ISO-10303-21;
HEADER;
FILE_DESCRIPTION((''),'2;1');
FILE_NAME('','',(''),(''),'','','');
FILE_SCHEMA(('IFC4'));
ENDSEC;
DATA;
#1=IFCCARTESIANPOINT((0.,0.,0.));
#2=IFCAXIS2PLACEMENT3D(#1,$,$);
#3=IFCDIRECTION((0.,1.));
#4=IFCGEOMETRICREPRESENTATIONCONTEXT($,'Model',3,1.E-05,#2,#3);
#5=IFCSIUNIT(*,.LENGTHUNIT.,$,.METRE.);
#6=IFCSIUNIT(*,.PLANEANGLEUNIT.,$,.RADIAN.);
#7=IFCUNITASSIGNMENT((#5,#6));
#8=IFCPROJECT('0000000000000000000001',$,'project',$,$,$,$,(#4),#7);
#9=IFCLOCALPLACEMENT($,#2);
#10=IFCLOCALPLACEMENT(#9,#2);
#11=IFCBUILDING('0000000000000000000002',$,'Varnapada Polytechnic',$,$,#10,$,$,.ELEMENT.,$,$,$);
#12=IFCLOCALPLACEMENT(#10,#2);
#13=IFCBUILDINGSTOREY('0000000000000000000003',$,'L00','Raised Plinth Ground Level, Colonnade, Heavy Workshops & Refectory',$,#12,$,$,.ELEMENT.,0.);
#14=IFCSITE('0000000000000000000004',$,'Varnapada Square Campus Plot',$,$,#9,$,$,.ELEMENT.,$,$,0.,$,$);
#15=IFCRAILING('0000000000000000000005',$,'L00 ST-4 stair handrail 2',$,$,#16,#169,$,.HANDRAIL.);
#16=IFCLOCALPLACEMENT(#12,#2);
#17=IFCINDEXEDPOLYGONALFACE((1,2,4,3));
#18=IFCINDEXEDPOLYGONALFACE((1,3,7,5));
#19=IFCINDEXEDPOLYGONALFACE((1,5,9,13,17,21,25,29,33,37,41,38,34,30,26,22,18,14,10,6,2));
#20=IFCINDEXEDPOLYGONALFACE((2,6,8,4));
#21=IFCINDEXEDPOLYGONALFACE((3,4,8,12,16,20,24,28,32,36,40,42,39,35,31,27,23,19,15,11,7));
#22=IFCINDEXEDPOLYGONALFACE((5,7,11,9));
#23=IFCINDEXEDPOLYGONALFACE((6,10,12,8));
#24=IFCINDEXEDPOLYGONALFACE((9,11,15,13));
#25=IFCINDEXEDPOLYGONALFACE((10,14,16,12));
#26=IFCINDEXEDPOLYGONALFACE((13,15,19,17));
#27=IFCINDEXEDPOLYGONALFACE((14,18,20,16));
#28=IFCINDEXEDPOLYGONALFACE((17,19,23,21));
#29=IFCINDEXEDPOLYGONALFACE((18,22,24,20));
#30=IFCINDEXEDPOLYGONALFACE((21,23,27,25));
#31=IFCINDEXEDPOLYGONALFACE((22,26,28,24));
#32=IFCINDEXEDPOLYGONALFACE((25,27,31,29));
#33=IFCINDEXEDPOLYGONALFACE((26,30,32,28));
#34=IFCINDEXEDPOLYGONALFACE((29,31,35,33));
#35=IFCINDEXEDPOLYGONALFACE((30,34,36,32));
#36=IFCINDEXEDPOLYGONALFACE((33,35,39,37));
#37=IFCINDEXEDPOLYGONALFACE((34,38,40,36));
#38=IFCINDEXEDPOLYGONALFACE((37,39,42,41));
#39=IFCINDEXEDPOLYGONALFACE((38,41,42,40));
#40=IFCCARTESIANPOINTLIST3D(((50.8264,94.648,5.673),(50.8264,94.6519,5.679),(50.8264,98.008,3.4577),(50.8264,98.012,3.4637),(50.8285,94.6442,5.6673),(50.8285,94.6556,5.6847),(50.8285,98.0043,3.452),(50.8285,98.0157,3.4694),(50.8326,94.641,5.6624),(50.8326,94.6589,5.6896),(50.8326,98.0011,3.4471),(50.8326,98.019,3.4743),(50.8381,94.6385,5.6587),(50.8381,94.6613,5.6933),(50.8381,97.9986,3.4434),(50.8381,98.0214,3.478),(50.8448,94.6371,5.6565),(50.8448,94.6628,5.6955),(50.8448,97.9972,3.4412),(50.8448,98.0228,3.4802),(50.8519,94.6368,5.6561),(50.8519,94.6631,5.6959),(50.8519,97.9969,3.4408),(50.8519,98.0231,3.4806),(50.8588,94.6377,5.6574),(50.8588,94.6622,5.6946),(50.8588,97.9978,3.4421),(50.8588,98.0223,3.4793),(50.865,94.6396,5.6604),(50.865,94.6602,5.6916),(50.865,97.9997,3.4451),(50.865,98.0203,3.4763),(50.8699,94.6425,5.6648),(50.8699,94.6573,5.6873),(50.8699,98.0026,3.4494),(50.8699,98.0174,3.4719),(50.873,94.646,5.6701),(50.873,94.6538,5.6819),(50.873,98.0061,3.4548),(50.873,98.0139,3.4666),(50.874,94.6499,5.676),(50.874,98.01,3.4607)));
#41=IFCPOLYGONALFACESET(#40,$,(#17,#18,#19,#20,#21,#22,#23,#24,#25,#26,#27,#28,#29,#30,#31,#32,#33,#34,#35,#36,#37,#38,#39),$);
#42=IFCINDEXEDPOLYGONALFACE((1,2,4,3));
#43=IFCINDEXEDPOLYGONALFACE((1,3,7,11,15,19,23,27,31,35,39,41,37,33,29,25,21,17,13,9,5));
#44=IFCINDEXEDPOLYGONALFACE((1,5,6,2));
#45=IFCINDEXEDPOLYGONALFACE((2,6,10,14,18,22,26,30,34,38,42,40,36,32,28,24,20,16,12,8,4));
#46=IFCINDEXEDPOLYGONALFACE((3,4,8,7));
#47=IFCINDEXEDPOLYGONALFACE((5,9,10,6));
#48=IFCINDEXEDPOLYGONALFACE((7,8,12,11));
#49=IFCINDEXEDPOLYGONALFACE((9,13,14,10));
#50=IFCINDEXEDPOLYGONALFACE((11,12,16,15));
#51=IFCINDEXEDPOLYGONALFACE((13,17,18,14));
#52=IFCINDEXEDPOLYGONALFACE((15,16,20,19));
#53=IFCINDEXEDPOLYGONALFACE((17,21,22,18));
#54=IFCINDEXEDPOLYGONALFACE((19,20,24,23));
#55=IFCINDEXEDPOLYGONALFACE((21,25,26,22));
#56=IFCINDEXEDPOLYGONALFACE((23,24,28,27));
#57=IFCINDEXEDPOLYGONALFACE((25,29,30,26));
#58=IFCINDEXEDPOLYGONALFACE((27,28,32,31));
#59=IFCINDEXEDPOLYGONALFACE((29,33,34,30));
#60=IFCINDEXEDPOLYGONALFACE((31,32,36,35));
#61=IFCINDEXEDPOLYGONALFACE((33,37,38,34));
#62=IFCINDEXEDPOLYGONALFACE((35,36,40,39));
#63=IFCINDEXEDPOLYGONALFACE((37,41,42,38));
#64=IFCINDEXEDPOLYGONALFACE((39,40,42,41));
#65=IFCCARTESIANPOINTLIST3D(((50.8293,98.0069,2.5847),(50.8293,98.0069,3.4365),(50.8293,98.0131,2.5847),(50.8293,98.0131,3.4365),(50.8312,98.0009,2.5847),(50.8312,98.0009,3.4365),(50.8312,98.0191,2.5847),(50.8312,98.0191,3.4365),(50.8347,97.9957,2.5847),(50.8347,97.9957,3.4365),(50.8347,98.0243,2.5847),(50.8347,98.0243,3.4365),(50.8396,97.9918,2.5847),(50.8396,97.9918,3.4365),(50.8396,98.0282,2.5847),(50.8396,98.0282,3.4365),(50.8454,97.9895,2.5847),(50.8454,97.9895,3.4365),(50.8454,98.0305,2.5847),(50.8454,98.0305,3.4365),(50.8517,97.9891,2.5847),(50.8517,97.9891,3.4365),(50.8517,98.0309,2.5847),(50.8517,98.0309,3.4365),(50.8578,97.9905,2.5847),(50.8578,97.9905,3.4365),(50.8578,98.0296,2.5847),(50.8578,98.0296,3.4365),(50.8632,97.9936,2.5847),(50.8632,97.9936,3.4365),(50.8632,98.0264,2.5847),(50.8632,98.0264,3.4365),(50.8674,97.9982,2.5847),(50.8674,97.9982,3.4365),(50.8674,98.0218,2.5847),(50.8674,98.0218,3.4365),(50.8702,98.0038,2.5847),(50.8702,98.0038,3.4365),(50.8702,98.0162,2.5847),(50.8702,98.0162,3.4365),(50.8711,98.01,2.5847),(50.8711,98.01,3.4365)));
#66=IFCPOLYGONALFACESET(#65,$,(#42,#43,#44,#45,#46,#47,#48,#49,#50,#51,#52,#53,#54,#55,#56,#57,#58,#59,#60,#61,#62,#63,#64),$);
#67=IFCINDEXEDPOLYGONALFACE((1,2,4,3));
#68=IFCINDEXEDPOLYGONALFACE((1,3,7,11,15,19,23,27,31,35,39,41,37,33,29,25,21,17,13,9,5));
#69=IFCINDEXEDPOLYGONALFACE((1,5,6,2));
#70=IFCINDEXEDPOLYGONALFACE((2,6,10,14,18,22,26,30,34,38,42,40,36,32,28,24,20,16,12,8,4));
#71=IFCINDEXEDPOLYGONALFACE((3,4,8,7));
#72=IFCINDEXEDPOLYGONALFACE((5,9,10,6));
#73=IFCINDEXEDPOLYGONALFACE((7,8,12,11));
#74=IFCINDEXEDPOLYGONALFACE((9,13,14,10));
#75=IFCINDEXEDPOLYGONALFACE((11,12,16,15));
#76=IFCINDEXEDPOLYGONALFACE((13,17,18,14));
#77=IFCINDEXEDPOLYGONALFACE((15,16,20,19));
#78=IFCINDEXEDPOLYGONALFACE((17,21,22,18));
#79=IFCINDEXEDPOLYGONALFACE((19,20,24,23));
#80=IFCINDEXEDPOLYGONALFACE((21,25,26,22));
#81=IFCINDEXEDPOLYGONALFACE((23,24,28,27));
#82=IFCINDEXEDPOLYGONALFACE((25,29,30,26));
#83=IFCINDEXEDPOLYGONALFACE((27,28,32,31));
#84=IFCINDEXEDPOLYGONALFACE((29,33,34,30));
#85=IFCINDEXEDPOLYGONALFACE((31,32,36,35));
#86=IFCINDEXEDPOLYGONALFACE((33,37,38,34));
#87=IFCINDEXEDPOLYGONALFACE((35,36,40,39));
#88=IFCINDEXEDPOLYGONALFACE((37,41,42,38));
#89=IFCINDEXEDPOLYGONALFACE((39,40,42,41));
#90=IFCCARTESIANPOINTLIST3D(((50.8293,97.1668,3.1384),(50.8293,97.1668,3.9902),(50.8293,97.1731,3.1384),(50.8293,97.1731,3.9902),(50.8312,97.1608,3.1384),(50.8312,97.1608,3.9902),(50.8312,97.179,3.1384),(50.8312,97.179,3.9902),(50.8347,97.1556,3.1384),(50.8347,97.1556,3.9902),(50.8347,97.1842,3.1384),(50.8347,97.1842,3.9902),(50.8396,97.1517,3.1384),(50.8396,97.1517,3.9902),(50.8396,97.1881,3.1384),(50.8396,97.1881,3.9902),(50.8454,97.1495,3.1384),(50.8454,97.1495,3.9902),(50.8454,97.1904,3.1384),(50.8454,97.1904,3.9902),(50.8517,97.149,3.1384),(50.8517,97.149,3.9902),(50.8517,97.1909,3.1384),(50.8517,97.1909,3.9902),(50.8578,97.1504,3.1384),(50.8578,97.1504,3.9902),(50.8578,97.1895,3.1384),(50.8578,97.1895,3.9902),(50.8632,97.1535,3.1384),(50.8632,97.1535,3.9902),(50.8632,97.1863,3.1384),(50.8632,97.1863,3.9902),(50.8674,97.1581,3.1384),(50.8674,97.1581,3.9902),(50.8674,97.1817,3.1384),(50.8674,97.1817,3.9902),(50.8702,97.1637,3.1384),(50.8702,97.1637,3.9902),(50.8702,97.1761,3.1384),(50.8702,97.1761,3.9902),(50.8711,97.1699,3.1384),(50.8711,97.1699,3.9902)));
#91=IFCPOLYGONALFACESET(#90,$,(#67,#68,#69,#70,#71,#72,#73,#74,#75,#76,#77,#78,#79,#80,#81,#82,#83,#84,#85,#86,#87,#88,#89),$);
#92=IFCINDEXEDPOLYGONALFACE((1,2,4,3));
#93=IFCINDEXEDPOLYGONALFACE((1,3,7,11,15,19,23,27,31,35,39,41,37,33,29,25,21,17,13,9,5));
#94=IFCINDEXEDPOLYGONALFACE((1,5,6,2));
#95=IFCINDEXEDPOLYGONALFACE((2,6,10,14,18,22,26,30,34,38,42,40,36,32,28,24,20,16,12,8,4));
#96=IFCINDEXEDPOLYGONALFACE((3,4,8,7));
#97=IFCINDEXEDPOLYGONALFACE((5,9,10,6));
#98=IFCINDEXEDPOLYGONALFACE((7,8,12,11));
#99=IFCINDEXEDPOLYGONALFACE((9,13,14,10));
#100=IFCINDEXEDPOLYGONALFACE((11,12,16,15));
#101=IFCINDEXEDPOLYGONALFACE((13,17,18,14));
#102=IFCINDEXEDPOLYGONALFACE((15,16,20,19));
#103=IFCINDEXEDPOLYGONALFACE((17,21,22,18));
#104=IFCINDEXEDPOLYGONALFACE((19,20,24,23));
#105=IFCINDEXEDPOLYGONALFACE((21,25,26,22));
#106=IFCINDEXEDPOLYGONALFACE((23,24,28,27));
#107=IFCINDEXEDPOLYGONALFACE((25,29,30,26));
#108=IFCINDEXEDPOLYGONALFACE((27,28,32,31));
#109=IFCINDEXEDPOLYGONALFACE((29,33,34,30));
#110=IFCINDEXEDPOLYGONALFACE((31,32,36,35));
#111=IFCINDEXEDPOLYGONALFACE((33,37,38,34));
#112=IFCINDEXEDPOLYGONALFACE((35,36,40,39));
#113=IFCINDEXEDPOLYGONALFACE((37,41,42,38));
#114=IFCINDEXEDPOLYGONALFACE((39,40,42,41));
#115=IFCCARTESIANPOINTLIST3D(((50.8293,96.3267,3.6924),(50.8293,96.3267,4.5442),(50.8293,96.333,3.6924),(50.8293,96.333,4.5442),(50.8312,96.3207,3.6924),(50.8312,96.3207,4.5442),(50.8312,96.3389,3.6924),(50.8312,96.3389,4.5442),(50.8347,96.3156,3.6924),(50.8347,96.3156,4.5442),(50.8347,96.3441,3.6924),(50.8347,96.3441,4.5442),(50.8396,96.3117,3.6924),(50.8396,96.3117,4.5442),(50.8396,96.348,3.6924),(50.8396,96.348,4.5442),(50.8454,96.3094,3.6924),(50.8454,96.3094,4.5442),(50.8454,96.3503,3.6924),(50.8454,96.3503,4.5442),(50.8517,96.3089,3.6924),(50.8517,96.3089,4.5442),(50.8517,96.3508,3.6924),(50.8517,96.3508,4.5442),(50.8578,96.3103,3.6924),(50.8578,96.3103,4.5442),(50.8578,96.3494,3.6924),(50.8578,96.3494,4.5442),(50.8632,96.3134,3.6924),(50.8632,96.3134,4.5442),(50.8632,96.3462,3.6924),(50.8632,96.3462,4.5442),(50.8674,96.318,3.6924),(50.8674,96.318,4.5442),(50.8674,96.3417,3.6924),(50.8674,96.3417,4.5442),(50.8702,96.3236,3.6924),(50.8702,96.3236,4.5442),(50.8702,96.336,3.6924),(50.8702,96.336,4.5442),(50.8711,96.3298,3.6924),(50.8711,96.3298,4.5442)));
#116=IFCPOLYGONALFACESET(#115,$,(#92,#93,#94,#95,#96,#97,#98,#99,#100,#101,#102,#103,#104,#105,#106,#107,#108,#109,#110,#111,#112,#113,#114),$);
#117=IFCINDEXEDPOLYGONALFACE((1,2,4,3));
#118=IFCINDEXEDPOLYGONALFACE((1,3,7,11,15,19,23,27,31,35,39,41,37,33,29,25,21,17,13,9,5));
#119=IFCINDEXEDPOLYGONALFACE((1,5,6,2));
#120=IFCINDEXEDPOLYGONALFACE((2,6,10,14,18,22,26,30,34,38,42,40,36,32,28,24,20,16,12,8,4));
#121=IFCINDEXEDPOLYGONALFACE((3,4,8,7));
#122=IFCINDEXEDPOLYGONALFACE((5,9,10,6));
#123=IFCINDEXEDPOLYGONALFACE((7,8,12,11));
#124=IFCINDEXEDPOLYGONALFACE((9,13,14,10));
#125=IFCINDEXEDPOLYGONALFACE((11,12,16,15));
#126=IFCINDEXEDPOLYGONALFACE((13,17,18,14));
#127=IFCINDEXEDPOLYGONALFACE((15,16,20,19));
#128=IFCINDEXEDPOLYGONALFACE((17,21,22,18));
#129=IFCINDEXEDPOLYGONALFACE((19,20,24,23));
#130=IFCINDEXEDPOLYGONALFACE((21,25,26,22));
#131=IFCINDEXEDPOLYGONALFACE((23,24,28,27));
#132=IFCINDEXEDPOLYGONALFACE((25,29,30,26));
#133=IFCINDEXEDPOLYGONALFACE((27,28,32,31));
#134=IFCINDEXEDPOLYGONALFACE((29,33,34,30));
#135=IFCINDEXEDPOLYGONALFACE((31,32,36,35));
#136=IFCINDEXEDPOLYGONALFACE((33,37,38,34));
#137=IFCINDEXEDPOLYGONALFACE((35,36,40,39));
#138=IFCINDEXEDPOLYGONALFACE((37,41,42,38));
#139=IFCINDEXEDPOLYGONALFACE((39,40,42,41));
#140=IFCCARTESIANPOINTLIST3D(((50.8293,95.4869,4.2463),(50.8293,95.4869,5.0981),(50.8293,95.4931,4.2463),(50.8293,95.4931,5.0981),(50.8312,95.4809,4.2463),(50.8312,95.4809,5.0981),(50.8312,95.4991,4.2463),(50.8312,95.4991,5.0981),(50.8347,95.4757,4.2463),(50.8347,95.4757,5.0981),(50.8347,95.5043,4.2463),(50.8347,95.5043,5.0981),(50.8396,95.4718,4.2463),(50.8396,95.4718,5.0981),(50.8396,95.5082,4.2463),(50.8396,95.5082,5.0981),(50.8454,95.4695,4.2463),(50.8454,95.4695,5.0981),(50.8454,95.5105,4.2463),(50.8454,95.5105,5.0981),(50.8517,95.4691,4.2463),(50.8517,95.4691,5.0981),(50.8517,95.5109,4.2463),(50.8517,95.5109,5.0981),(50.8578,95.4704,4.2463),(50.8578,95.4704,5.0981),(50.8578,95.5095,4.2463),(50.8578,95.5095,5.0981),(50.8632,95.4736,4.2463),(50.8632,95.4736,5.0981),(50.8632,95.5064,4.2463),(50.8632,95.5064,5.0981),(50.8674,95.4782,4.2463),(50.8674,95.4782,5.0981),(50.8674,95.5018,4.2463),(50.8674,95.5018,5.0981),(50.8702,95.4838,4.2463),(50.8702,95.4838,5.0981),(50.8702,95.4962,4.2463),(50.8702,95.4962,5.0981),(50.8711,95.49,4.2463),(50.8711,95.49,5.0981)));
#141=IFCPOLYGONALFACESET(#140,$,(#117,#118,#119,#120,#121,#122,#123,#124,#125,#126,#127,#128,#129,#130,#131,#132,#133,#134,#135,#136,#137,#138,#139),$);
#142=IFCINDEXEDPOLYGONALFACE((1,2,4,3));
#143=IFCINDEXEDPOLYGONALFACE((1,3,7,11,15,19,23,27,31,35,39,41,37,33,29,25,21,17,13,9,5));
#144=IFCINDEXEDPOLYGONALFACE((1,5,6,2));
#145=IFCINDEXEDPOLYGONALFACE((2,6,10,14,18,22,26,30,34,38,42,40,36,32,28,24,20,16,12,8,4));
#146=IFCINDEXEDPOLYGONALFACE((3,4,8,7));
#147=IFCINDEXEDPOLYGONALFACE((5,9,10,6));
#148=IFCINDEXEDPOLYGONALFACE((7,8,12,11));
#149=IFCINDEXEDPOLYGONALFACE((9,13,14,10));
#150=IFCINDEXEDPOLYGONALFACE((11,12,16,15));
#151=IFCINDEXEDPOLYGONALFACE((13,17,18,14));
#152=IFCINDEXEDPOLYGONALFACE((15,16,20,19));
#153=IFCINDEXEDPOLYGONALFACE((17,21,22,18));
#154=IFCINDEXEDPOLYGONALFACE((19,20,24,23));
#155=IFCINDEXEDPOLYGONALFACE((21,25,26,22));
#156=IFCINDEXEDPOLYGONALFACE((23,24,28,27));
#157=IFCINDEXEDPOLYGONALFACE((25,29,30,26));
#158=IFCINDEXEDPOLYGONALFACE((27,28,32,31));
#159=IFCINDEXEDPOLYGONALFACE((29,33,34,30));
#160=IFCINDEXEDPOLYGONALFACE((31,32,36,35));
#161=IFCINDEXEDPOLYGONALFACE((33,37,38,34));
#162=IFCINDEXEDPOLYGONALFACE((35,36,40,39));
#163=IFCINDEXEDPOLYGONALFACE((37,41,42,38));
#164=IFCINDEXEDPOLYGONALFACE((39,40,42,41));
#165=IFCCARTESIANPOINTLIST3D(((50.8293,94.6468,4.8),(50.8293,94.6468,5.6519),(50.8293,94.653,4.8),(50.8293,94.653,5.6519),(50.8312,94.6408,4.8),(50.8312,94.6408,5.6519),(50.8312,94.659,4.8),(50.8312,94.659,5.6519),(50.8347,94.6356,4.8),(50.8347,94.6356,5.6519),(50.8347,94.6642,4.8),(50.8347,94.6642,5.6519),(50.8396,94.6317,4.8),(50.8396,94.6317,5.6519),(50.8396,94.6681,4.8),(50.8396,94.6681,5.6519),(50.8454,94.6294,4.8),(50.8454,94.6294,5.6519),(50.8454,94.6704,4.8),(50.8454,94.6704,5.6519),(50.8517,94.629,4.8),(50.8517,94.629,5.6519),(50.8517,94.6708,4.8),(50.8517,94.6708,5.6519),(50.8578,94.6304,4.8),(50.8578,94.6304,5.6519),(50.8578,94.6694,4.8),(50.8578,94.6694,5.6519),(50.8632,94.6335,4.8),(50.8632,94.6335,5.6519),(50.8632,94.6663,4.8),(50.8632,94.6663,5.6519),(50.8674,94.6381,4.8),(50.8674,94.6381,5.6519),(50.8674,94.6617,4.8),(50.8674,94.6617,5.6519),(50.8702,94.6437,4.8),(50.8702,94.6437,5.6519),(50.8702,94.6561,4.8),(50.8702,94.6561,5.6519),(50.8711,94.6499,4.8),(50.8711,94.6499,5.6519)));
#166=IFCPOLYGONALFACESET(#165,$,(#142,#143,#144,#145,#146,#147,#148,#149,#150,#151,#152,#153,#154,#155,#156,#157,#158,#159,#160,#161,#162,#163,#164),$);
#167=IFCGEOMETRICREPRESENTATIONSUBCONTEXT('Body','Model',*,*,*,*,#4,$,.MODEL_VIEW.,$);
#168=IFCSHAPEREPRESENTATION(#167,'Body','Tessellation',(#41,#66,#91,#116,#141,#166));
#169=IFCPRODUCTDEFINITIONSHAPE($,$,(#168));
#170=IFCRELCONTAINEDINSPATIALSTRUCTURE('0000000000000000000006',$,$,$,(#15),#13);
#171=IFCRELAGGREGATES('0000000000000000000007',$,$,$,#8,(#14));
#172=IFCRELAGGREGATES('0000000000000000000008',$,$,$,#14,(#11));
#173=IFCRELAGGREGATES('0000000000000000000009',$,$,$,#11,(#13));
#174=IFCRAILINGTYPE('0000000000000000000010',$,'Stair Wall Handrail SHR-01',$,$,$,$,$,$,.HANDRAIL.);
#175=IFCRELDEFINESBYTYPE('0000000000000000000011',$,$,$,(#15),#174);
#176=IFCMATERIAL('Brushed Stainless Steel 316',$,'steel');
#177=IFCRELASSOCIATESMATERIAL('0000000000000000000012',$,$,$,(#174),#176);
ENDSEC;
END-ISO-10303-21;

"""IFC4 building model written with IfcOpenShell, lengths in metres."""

from ifc_helpers import new_model, si_unit, direction, frame, origin, origin_2d, place, context, subcontext, project, spatial, circle, extrude, material, type_object, element, save


model = new_model("IFC4")

# Units and contexts
model_context = context("Model", 3, precision=1e-05, world=origin(), true_north=direction((0.0, 1.0)))
body_context = subcontext(model_context, "Body", "Model", "MODEL_VIEW")
ifc_project = project(units=[si_unit("LENGTHUNIT", "METRE"), si_unit("PLANEANGLEUNIT", "RADIAN")], contexts=[model_context])

# Site, building, storey
site_placement = place(None, origin())
site = spatial("IfcSite", under=ifc_project, at=site_placement, Name="Varnapada Square Campus Plot", CompositionType="ELEMENT", RefElevation=0.0)
building_placement = place(site_placement, origin())
building = spatial("IfcBuilding", under=site, at=building_placement, Name="Varnapada Polytechnic", CompositionType="ELEMENT")
storey_placement = place(building_placement, origin())
storey = spatial("IfcBuildingStorey", under=building, at=storey_placement, Name="L00", Description="Raised Plinth Ground Level, Colonnade, Heavy Workshops & Refectory", CompositionType="ELEMENT", Elevation=0.0)

# Shared definitions
ifc_material_1 = material(Name="Brushed Stainless Steel 316", Category="steel")

# Railing
railing_type_1 = type_object("IfcRailingType", Name="Stair Wall Handrail SHR-01", PredefinedType="HANDRAIL", material=ifc_material_1)
railing_1_placement = place(storey_placement, frame((50.8501, 98.01, 2.5847)))
element("IfcRailing", 1, at=railing_1_placement, inside=storey, type_object=railing_type_1, Name="L00 ST-4 stair handrail 2", PredefinedType="HANDRAIL", context=body_context, shape_type="SweptSolid", body=[
    extrude(circle(Radius=0.0239, at=origin_2d()), frame((0.0, 0.0, 0.876), z_axis=(0.0, -0.834876, 0.550437), x_axis=(1.0, 0.0, 0.0)), (0.0, 0.0, 1.0), 4.0247),
    extrude(circle(Radius=0.021, at=origin_2d()), origin(), (0.0, 0.0, 1.0), 0.8518),
    extrude(circle(Radius=0.021, at=origin_2d()), frame((0.0, -0.8401, 0.5537)), (0.0, 0.0, 1.0), 0.8518),
    extrude(circle(Radius=0.021, at=origin_2d()), frame((0.0, -1.6802, 1.1077)), (0.0, 0.0, 1.0), 0.8518),
    extrude(circle(Radius=0.021, at=origin_2d()), frame((0.0, -2.52, 1.6616)), (0.0, 0.0, 1.0), 0.8518),
    extrude(circle(Radius=0.021, at=origin_2d()), frame((0.0, -3.3601, 2.2153)), (0.0, 0.0, 1.0), 0.8518),
])

save(model, "model.ifc")
